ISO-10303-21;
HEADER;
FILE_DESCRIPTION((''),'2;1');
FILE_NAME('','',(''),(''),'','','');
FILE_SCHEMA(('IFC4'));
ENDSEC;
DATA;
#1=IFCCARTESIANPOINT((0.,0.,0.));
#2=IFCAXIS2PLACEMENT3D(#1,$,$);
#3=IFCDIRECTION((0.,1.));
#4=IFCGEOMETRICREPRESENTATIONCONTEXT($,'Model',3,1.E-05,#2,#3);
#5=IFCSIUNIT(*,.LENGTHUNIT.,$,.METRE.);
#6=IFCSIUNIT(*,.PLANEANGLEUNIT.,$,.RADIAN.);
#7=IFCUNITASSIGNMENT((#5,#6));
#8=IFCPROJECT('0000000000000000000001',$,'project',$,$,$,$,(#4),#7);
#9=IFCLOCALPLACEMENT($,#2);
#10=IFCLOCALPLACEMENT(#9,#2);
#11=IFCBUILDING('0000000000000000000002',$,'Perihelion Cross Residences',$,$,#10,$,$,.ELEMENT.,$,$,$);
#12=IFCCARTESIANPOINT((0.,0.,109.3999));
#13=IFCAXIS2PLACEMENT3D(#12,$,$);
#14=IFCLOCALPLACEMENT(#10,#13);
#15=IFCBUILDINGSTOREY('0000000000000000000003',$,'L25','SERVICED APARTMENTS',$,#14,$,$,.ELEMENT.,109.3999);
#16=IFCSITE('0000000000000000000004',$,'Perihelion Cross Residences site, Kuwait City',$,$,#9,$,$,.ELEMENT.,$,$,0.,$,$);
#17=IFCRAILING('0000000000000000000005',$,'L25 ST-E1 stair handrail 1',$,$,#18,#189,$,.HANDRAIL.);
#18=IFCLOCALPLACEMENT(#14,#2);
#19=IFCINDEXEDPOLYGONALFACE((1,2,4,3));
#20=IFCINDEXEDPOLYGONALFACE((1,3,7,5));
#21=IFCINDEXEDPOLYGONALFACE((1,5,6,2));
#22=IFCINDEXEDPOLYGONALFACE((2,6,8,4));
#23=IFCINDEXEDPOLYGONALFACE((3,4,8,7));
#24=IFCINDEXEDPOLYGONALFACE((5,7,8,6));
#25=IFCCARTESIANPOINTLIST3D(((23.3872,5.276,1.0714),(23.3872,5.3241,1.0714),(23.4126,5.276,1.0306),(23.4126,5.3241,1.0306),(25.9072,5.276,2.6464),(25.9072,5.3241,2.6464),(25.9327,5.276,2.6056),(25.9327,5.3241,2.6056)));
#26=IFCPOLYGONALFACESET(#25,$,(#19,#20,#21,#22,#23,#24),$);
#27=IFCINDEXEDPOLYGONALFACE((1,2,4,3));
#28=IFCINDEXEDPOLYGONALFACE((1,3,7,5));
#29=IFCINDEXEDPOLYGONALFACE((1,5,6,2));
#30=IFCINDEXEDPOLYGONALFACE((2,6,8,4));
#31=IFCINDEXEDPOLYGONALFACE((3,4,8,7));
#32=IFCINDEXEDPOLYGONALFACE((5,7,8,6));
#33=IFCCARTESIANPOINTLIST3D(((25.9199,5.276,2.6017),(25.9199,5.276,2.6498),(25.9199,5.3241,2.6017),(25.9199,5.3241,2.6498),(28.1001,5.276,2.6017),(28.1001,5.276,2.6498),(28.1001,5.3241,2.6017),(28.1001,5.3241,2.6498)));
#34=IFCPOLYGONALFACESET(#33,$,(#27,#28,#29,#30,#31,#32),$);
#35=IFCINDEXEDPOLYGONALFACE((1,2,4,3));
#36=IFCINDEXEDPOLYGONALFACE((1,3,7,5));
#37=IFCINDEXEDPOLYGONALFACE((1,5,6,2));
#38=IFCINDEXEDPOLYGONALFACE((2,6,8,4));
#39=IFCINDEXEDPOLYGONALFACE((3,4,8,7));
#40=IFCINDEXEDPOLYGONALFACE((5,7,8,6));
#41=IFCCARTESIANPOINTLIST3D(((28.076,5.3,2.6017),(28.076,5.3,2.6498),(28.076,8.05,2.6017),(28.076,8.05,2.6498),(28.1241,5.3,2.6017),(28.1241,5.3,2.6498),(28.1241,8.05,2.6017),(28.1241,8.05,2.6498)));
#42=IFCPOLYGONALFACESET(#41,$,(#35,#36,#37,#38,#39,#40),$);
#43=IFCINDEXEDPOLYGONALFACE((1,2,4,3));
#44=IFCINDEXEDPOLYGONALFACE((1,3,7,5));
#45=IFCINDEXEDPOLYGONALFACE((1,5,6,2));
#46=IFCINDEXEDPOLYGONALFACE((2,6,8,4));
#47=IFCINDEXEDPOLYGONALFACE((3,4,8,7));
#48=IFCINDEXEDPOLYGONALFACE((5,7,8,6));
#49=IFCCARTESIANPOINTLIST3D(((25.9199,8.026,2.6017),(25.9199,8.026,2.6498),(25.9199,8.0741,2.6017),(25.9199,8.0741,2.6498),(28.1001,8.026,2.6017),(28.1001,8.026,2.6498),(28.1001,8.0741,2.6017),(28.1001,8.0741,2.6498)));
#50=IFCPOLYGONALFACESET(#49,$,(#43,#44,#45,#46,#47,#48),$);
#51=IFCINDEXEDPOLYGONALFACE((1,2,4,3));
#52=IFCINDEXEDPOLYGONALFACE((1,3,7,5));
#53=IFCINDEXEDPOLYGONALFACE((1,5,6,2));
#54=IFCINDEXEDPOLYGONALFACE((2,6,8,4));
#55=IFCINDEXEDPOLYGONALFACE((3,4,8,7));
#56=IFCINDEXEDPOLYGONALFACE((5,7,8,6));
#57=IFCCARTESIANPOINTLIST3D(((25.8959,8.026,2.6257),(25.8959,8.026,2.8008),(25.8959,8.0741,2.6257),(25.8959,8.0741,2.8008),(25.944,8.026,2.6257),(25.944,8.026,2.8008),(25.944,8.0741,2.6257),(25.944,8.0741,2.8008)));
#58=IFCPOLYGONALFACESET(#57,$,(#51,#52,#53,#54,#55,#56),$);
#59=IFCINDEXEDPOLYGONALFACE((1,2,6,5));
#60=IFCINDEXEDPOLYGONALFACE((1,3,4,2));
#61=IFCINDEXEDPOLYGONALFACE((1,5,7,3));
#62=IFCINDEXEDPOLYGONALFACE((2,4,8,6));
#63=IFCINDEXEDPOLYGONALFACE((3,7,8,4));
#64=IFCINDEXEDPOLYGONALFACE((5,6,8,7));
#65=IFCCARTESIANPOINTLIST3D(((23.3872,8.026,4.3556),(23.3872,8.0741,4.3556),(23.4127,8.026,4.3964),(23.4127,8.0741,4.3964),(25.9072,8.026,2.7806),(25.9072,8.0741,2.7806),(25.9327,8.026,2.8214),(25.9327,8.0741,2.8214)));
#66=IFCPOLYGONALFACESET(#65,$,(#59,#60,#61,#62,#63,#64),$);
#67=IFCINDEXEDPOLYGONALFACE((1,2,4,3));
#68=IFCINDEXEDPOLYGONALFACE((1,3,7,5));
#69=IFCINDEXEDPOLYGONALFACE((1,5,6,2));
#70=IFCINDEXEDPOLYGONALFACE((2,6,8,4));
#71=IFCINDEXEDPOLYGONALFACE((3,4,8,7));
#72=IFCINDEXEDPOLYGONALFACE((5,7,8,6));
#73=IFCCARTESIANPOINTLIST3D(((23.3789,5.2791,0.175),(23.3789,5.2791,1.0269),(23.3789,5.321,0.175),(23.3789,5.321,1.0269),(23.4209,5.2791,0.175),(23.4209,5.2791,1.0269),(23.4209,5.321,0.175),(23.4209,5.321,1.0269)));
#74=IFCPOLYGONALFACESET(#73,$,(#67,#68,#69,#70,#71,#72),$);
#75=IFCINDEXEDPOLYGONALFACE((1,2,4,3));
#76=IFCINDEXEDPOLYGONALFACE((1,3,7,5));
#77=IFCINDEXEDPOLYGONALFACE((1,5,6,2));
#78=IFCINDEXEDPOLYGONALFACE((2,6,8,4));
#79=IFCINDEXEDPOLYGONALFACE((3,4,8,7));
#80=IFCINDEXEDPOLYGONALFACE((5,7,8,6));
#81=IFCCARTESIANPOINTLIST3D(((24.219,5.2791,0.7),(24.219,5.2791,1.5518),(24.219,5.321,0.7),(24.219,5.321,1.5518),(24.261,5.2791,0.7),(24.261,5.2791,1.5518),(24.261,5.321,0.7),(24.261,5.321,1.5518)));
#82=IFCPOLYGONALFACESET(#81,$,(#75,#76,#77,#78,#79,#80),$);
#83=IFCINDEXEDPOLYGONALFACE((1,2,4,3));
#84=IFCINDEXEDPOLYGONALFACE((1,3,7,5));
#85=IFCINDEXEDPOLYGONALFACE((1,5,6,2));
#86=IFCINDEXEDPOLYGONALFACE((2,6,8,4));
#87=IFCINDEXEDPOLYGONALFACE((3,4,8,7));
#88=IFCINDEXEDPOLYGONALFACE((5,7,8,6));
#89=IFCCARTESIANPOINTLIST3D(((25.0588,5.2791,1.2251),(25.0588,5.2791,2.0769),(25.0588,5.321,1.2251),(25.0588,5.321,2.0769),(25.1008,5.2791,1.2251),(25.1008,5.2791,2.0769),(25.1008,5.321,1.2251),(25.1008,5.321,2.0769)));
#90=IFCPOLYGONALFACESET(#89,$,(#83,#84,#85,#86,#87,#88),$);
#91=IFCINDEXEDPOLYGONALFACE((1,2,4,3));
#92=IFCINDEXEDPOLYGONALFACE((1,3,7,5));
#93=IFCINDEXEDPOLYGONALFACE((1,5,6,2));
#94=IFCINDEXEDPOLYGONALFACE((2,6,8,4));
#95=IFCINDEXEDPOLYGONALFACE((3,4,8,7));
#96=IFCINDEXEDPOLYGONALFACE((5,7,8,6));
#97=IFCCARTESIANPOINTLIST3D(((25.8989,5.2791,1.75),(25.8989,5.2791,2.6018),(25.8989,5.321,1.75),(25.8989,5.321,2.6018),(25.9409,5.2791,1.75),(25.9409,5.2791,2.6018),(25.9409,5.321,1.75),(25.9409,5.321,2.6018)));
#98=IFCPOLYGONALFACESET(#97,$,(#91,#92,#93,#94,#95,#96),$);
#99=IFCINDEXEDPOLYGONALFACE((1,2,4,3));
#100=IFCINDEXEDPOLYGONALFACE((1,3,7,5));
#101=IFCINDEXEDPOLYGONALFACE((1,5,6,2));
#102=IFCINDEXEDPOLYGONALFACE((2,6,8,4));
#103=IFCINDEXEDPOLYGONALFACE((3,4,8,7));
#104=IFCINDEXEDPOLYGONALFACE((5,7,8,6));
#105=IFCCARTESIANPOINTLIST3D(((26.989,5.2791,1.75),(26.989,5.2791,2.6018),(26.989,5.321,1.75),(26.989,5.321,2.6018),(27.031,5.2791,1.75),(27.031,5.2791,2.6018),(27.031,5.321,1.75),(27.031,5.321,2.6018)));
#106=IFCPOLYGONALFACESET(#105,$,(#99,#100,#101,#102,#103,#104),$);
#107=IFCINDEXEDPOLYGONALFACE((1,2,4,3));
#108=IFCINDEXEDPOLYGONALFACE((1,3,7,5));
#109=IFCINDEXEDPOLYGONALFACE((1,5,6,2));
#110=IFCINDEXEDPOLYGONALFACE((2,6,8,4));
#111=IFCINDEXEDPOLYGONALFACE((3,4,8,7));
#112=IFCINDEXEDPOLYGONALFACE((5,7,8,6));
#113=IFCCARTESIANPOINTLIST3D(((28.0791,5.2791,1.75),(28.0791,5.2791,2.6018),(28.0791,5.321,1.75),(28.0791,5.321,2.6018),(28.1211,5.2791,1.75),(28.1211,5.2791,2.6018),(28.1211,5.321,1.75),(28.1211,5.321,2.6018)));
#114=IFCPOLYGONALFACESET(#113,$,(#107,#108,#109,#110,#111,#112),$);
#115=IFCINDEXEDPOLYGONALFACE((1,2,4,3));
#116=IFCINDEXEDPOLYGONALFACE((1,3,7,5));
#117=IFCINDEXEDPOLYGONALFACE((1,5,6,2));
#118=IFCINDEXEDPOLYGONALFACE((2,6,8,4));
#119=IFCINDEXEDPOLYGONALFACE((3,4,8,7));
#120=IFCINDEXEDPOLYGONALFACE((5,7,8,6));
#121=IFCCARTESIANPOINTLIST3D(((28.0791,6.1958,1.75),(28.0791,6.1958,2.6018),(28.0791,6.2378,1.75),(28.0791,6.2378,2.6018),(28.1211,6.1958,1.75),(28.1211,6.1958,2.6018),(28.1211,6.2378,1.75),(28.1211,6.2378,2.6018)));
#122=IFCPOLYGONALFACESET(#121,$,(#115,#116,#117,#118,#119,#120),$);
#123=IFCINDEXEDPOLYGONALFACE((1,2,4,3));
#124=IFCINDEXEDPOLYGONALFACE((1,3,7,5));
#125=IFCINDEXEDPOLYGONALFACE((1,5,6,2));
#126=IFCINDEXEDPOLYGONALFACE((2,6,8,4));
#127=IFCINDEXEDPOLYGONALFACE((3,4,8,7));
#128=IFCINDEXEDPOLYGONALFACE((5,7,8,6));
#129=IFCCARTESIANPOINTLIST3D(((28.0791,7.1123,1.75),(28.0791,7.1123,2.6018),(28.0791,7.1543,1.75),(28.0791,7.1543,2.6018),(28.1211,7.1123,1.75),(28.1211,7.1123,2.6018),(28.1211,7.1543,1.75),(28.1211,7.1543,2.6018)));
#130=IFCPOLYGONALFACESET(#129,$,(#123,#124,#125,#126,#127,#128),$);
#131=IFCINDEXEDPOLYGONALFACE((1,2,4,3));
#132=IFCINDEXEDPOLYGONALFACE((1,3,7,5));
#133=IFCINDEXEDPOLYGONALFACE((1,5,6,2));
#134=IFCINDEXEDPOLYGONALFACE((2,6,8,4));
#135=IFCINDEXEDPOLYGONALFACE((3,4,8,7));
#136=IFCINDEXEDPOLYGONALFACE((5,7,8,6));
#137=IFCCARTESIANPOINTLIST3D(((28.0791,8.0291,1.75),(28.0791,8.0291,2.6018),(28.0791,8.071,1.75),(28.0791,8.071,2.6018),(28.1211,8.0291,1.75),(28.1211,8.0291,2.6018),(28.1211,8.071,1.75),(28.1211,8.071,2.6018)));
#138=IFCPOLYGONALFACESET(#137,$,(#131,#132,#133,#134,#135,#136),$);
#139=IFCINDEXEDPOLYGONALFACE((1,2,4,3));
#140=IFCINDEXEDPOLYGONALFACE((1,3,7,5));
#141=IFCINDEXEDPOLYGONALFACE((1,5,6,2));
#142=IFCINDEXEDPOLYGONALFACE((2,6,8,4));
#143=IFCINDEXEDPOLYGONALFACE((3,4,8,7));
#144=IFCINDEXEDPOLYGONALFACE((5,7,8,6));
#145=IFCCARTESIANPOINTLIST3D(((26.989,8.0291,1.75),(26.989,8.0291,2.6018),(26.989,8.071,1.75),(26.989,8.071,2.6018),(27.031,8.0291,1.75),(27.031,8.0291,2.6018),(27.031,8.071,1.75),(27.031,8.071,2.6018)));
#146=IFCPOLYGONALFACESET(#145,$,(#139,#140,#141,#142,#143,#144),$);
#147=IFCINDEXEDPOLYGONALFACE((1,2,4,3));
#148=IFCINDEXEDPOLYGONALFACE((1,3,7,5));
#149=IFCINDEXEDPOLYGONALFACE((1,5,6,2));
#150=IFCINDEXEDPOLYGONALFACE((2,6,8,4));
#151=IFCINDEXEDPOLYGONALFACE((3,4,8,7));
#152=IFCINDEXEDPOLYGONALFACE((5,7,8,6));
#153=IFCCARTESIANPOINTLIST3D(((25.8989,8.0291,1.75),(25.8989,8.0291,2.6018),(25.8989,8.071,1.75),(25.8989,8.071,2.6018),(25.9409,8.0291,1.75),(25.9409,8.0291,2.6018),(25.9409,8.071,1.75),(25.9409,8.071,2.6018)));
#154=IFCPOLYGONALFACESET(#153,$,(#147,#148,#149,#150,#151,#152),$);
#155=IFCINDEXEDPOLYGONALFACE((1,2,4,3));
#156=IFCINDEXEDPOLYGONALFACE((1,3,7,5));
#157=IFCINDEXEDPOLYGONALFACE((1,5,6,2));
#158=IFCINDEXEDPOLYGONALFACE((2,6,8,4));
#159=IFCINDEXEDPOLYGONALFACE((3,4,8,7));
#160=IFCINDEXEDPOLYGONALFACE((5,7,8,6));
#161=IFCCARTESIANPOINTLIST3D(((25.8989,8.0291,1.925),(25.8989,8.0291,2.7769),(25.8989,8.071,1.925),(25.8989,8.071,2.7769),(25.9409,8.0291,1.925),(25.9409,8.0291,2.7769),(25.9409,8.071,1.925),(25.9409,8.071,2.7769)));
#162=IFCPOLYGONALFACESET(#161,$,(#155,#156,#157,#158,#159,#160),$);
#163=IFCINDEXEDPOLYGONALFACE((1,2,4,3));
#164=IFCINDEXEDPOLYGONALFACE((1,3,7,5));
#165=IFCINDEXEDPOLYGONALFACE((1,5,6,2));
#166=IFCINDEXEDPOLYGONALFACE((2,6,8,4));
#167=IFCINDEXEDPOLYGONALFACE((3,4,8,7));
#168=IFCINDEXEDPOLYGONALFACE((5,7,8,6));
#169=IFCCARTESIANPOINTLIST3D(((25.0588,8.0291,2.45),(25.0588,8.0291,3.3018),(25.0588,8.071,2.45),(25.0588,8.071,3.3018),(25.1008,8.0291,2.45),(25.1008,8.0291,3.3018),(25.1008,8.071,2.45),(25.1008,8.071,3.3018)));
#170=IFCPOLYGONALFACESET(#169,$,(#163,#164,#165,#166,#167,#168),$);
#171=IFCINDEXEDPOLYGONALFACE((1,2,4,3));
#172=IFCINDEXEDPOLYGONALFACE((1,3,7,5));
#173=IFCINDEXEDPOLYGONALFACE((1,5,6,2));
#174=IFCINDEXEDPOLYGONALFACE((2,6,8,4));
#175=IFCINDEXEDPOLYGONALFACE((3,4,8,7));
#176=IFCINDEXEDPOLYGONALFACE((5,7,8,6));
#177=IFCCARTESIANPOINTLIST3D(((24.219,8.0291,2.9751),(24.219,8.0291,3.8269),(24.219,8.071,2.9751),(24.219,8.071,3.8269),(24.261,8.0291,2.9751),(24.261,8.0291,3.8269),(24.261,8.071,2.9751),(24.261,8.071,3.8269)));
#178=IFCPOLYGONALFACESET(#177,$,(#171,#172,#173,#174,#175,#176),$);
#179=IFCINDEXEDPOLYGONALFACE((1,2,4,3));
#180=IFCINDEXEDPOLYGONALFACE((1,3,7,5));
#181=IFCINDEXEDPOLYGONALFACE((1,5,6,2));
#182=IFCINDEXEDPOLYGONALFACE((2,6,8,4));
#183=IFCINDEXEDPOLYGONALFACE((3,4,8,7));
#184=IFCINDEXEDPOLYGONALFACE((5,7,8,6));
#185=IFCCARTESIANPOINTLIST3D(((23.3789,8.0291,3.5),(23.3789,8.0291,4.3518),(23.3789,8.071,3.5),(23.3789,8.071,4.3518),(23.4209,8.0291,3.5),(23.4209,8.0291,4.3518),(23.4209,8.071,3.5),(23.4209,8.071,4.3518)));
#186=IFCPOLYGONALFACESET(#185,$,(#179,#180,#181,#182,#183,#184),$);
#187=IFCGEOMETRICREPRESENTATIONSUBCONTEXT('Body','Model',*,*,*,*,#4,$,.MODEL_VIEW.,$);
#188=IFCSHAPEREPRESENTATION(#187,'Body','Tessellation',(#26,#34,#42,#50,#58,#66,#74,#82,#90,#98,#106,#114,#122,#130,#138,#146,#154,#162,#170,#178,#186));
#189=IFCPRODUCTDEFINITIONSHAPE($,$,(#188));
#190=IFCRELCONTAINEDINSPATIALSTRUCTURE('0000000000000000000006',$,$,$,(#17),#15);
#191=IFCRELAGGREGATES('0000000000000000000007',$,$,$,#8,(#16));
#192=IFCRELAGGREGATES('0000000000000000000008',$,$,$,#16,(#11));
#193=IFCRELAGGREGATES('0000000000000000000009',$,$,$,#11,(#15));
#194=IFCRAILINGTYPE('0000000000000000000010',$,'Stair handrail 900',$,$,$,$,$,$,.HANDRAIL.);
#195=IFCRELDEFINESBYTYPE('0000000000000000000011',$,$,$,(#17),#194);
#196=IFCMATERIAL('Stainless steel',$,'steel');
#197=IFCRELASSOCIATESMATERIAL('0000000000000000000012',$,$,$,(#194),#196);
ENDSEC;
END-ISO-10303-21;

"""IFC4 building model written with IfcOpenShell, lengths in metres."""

from ifc_helpers import new_model, si_unit, direction, frame, origin, origin_2d, place, context, subcontext, project, spatial, rectangle, extrude, material, type_object, element, save


model = new_model("IFC4")

# Units and contexts
model_context = context("Model", 3, precision=1e-05, world=origin(), true_north=direction((0.0, 1.0)))
body_context = subcontext(model_context, "Body", "Model", "MODEL_VIEW")
ifc_project = project(units=[si_unit("LENGTHUNIT", "METRE"), si_unit("PLANEANGLEUNIT", "RADIAN")], contexts=[model_context])

# Site, building, storey
site_placement = place(None, origin())
site = spatial("IfcSite", under=ifc_project, at=site_placement, Name="Perihelion Cross Residences site, Kuwait City", CompositionType="ELEMENT", RefElevation=0.0)
building_placement = place(site_placement, origin())
building = spatial("IfcBuilding", under=site, at=building_placement, Name="Perihelion Cross Residences", CompositionType="ELEMENT")
storey_placement = place(building_placement, frame((0.0, 0.0, 109.3999)))
storey = spatial("IfcBuildingStorey", under=building, at=storey_placement, Name="L25", Description="SERVICED APARTMENTS", CompositionType="ELEMENT", Elevation=109.3999)

# Railing
ifc_material_1 = material(Name="Stainless steel", Category="steel")
railing_type_1 = type_object("IfcRailingType", Name="Stair handrail 900", PredefinedType="HANDRAIL", material=ifc_material_1)
railing_1_placement = place(storey_placement, frame((23.3999, 5.3, 0.175)))
element("IfcRailing", 1, at=railing_1_placement, inside=storey, type_object=railing_type_1, Name="L25 ST-E1 stair handrail 1", PredefinedType="HANDRAIL", context=body_context, shape_type="SweptSolid", body=[
    extrude(rectangle(XDim=0.0481, YDim=0.0481, at=origin_2d()), frame((0.0, 0.0, 0.876), z_axis=(0.848008, 0.0, 0.529984), x_axis=(0.0, 1.0, 0.0)), (0.0, 0.0, 1.0), 2.9717),
    extrude(rectangle(XDim=0.0481, YDim=0.0481, at=origin_2d()), frame((2.52, 0.0, 2.4507), z_axis=(1.0, 0.0, 0.0), x_axis=(0.0, 1.0, 0.0)), (0.0, 0.0, 1.0), 2.1802),
    extrude(rectangle(XDim=0.0481, YDim=0.0481, at=origin_2d()), frame((4.7002, 0.0, 2.4507), z_axis=(0.0, 1.0, 0.0), x_axis=(-1.0, 0.0, 0.0)), (0.0, 0.0, 1.0), 2.75),
    extrude(rectangle(XDim=0.0481, YDim=0.0481, at=origin_2d()), frame((4.7002, 2.75, 2.4507), z_axis=(-1.0, 0.0, 0.0), x_axis=(0.0, -1.0, 0.0)), (0.0, 0.0, 1.0), 2.1802),
    extrude(rectangle(XDim=0.0481, YDim=0.0481, at=origin_2d()), frame((2.52, 2.75, 2.4507), z_axis=(0.0, 0.0, 1.0), x_axis=(1.0, 0.0, 0.0)), (0.0, 0.0, 1.0), 0.175),
    extrude(rectangle(XDim=0.0481, YDim=0.0481, at=origin_2d()), frame((2.52, 2.75, 2.626), z_axis=(-0.848008, 0.0, 0.529984), x_axis=(0.0, -1.0, 0.0)), (0.0, 0.0, 1.0), 2.9717),
    extrude(rectangle(XDim=0.042, YDim=0.042, at=origin_2d()), origin(), (0.0, 0.0, 1.0), 0.8518),
    extrude(rectangle(XDim=0.042, YDim=0.042, at=origin_2d()), frame((0.8401, 0.0, 0.5249)), (0.0, 0.0, 1.0), 0.8518),
    extrude(rectangle(XDim=0.042, YDim=0.042, at=origin_2d()), frame((1.6799, 0.0, 1.05)), (0.0, 0.0, 1.0), 0.8518),
    extrude(rectangle(XDim=0.042, YDim=0.042, at=origin_2d()), frame((2.52, 0.0, 1.575)), (0.0, 0.0, 1.0), 0.8518),
    extrude(rectangle(XDim=0.042, YDim=0.042, at=origin_2d()), frame((3.6101, 0.0, 1.575)), (0.0, 0.0, 1.0), 0.8518),
    extrude(rectangle(XDim=0.042, YDim=0.042, at=origin_2d()), frame((4.7002, 0.0, 1.575)), (0.0, 0.0, 1.0), 0.8518),
    extrude(rectangle(XDim=0.042, YDim=0.042, at=origin_2d()), frame((4.7002, 0.9167, 1.575)), (0.0, 0.0, 1.0), 0.8518),
    extrude(rectangle(XDim=0.042, YDim=0.042, at=origin_2d()), frame((4.7002, 1.8333, 1.575)), (0.0, 0.0, 1.0), 0.8518),
    extrude(rectangle(XDim=0.042, YDim=0.042, at=origin_2d()), frame((4.7002, 2.75, 1.575)), (0.0, 0.0, 1.0), 0.8518),
    extrude(rectangle(XDim=0.042, YDim=0.042, at=origin_2d()), frame((3.6101, 2.75, 1.575)), (0.0, 0.0, 1.0), 0.8518),
    extrude(rectangle(XDim=0.042, YDim=0.042, at=origin_2d()), frame((2.52, 2.75, 1.575)), (0.0, 0.0, 1.0), 0.8518),
    extrude(rectangle(XDim=0.042, YDim=0.042, at=origin_2d()), frame((2.52, 2.75, 1.75)), (0.0, 0.0, 1.0), 0.8518),
    extrude(rectangle(XDim=0.042, YDim=0.042, at=origin_2d()), frame((1.6799, 2.75, 2.2749)), (0.0, 0.0, 1.0), 0.8518),
    extrude(rectangle(XDim=0.042, YDim=0.042, at=origin_2d()), frame((0.8401, 2.75, 2.8)), (0.0, 0.0, 1.0), 0.8518),
    extrude(rectangle(XDim=0.042, YDim=0.042, at=origin_2d()), frame((0.0, 2.75, 3.325)), (0.0, 0.0, 1.0), 0.8518),
])

save(model, "model.ifc")
